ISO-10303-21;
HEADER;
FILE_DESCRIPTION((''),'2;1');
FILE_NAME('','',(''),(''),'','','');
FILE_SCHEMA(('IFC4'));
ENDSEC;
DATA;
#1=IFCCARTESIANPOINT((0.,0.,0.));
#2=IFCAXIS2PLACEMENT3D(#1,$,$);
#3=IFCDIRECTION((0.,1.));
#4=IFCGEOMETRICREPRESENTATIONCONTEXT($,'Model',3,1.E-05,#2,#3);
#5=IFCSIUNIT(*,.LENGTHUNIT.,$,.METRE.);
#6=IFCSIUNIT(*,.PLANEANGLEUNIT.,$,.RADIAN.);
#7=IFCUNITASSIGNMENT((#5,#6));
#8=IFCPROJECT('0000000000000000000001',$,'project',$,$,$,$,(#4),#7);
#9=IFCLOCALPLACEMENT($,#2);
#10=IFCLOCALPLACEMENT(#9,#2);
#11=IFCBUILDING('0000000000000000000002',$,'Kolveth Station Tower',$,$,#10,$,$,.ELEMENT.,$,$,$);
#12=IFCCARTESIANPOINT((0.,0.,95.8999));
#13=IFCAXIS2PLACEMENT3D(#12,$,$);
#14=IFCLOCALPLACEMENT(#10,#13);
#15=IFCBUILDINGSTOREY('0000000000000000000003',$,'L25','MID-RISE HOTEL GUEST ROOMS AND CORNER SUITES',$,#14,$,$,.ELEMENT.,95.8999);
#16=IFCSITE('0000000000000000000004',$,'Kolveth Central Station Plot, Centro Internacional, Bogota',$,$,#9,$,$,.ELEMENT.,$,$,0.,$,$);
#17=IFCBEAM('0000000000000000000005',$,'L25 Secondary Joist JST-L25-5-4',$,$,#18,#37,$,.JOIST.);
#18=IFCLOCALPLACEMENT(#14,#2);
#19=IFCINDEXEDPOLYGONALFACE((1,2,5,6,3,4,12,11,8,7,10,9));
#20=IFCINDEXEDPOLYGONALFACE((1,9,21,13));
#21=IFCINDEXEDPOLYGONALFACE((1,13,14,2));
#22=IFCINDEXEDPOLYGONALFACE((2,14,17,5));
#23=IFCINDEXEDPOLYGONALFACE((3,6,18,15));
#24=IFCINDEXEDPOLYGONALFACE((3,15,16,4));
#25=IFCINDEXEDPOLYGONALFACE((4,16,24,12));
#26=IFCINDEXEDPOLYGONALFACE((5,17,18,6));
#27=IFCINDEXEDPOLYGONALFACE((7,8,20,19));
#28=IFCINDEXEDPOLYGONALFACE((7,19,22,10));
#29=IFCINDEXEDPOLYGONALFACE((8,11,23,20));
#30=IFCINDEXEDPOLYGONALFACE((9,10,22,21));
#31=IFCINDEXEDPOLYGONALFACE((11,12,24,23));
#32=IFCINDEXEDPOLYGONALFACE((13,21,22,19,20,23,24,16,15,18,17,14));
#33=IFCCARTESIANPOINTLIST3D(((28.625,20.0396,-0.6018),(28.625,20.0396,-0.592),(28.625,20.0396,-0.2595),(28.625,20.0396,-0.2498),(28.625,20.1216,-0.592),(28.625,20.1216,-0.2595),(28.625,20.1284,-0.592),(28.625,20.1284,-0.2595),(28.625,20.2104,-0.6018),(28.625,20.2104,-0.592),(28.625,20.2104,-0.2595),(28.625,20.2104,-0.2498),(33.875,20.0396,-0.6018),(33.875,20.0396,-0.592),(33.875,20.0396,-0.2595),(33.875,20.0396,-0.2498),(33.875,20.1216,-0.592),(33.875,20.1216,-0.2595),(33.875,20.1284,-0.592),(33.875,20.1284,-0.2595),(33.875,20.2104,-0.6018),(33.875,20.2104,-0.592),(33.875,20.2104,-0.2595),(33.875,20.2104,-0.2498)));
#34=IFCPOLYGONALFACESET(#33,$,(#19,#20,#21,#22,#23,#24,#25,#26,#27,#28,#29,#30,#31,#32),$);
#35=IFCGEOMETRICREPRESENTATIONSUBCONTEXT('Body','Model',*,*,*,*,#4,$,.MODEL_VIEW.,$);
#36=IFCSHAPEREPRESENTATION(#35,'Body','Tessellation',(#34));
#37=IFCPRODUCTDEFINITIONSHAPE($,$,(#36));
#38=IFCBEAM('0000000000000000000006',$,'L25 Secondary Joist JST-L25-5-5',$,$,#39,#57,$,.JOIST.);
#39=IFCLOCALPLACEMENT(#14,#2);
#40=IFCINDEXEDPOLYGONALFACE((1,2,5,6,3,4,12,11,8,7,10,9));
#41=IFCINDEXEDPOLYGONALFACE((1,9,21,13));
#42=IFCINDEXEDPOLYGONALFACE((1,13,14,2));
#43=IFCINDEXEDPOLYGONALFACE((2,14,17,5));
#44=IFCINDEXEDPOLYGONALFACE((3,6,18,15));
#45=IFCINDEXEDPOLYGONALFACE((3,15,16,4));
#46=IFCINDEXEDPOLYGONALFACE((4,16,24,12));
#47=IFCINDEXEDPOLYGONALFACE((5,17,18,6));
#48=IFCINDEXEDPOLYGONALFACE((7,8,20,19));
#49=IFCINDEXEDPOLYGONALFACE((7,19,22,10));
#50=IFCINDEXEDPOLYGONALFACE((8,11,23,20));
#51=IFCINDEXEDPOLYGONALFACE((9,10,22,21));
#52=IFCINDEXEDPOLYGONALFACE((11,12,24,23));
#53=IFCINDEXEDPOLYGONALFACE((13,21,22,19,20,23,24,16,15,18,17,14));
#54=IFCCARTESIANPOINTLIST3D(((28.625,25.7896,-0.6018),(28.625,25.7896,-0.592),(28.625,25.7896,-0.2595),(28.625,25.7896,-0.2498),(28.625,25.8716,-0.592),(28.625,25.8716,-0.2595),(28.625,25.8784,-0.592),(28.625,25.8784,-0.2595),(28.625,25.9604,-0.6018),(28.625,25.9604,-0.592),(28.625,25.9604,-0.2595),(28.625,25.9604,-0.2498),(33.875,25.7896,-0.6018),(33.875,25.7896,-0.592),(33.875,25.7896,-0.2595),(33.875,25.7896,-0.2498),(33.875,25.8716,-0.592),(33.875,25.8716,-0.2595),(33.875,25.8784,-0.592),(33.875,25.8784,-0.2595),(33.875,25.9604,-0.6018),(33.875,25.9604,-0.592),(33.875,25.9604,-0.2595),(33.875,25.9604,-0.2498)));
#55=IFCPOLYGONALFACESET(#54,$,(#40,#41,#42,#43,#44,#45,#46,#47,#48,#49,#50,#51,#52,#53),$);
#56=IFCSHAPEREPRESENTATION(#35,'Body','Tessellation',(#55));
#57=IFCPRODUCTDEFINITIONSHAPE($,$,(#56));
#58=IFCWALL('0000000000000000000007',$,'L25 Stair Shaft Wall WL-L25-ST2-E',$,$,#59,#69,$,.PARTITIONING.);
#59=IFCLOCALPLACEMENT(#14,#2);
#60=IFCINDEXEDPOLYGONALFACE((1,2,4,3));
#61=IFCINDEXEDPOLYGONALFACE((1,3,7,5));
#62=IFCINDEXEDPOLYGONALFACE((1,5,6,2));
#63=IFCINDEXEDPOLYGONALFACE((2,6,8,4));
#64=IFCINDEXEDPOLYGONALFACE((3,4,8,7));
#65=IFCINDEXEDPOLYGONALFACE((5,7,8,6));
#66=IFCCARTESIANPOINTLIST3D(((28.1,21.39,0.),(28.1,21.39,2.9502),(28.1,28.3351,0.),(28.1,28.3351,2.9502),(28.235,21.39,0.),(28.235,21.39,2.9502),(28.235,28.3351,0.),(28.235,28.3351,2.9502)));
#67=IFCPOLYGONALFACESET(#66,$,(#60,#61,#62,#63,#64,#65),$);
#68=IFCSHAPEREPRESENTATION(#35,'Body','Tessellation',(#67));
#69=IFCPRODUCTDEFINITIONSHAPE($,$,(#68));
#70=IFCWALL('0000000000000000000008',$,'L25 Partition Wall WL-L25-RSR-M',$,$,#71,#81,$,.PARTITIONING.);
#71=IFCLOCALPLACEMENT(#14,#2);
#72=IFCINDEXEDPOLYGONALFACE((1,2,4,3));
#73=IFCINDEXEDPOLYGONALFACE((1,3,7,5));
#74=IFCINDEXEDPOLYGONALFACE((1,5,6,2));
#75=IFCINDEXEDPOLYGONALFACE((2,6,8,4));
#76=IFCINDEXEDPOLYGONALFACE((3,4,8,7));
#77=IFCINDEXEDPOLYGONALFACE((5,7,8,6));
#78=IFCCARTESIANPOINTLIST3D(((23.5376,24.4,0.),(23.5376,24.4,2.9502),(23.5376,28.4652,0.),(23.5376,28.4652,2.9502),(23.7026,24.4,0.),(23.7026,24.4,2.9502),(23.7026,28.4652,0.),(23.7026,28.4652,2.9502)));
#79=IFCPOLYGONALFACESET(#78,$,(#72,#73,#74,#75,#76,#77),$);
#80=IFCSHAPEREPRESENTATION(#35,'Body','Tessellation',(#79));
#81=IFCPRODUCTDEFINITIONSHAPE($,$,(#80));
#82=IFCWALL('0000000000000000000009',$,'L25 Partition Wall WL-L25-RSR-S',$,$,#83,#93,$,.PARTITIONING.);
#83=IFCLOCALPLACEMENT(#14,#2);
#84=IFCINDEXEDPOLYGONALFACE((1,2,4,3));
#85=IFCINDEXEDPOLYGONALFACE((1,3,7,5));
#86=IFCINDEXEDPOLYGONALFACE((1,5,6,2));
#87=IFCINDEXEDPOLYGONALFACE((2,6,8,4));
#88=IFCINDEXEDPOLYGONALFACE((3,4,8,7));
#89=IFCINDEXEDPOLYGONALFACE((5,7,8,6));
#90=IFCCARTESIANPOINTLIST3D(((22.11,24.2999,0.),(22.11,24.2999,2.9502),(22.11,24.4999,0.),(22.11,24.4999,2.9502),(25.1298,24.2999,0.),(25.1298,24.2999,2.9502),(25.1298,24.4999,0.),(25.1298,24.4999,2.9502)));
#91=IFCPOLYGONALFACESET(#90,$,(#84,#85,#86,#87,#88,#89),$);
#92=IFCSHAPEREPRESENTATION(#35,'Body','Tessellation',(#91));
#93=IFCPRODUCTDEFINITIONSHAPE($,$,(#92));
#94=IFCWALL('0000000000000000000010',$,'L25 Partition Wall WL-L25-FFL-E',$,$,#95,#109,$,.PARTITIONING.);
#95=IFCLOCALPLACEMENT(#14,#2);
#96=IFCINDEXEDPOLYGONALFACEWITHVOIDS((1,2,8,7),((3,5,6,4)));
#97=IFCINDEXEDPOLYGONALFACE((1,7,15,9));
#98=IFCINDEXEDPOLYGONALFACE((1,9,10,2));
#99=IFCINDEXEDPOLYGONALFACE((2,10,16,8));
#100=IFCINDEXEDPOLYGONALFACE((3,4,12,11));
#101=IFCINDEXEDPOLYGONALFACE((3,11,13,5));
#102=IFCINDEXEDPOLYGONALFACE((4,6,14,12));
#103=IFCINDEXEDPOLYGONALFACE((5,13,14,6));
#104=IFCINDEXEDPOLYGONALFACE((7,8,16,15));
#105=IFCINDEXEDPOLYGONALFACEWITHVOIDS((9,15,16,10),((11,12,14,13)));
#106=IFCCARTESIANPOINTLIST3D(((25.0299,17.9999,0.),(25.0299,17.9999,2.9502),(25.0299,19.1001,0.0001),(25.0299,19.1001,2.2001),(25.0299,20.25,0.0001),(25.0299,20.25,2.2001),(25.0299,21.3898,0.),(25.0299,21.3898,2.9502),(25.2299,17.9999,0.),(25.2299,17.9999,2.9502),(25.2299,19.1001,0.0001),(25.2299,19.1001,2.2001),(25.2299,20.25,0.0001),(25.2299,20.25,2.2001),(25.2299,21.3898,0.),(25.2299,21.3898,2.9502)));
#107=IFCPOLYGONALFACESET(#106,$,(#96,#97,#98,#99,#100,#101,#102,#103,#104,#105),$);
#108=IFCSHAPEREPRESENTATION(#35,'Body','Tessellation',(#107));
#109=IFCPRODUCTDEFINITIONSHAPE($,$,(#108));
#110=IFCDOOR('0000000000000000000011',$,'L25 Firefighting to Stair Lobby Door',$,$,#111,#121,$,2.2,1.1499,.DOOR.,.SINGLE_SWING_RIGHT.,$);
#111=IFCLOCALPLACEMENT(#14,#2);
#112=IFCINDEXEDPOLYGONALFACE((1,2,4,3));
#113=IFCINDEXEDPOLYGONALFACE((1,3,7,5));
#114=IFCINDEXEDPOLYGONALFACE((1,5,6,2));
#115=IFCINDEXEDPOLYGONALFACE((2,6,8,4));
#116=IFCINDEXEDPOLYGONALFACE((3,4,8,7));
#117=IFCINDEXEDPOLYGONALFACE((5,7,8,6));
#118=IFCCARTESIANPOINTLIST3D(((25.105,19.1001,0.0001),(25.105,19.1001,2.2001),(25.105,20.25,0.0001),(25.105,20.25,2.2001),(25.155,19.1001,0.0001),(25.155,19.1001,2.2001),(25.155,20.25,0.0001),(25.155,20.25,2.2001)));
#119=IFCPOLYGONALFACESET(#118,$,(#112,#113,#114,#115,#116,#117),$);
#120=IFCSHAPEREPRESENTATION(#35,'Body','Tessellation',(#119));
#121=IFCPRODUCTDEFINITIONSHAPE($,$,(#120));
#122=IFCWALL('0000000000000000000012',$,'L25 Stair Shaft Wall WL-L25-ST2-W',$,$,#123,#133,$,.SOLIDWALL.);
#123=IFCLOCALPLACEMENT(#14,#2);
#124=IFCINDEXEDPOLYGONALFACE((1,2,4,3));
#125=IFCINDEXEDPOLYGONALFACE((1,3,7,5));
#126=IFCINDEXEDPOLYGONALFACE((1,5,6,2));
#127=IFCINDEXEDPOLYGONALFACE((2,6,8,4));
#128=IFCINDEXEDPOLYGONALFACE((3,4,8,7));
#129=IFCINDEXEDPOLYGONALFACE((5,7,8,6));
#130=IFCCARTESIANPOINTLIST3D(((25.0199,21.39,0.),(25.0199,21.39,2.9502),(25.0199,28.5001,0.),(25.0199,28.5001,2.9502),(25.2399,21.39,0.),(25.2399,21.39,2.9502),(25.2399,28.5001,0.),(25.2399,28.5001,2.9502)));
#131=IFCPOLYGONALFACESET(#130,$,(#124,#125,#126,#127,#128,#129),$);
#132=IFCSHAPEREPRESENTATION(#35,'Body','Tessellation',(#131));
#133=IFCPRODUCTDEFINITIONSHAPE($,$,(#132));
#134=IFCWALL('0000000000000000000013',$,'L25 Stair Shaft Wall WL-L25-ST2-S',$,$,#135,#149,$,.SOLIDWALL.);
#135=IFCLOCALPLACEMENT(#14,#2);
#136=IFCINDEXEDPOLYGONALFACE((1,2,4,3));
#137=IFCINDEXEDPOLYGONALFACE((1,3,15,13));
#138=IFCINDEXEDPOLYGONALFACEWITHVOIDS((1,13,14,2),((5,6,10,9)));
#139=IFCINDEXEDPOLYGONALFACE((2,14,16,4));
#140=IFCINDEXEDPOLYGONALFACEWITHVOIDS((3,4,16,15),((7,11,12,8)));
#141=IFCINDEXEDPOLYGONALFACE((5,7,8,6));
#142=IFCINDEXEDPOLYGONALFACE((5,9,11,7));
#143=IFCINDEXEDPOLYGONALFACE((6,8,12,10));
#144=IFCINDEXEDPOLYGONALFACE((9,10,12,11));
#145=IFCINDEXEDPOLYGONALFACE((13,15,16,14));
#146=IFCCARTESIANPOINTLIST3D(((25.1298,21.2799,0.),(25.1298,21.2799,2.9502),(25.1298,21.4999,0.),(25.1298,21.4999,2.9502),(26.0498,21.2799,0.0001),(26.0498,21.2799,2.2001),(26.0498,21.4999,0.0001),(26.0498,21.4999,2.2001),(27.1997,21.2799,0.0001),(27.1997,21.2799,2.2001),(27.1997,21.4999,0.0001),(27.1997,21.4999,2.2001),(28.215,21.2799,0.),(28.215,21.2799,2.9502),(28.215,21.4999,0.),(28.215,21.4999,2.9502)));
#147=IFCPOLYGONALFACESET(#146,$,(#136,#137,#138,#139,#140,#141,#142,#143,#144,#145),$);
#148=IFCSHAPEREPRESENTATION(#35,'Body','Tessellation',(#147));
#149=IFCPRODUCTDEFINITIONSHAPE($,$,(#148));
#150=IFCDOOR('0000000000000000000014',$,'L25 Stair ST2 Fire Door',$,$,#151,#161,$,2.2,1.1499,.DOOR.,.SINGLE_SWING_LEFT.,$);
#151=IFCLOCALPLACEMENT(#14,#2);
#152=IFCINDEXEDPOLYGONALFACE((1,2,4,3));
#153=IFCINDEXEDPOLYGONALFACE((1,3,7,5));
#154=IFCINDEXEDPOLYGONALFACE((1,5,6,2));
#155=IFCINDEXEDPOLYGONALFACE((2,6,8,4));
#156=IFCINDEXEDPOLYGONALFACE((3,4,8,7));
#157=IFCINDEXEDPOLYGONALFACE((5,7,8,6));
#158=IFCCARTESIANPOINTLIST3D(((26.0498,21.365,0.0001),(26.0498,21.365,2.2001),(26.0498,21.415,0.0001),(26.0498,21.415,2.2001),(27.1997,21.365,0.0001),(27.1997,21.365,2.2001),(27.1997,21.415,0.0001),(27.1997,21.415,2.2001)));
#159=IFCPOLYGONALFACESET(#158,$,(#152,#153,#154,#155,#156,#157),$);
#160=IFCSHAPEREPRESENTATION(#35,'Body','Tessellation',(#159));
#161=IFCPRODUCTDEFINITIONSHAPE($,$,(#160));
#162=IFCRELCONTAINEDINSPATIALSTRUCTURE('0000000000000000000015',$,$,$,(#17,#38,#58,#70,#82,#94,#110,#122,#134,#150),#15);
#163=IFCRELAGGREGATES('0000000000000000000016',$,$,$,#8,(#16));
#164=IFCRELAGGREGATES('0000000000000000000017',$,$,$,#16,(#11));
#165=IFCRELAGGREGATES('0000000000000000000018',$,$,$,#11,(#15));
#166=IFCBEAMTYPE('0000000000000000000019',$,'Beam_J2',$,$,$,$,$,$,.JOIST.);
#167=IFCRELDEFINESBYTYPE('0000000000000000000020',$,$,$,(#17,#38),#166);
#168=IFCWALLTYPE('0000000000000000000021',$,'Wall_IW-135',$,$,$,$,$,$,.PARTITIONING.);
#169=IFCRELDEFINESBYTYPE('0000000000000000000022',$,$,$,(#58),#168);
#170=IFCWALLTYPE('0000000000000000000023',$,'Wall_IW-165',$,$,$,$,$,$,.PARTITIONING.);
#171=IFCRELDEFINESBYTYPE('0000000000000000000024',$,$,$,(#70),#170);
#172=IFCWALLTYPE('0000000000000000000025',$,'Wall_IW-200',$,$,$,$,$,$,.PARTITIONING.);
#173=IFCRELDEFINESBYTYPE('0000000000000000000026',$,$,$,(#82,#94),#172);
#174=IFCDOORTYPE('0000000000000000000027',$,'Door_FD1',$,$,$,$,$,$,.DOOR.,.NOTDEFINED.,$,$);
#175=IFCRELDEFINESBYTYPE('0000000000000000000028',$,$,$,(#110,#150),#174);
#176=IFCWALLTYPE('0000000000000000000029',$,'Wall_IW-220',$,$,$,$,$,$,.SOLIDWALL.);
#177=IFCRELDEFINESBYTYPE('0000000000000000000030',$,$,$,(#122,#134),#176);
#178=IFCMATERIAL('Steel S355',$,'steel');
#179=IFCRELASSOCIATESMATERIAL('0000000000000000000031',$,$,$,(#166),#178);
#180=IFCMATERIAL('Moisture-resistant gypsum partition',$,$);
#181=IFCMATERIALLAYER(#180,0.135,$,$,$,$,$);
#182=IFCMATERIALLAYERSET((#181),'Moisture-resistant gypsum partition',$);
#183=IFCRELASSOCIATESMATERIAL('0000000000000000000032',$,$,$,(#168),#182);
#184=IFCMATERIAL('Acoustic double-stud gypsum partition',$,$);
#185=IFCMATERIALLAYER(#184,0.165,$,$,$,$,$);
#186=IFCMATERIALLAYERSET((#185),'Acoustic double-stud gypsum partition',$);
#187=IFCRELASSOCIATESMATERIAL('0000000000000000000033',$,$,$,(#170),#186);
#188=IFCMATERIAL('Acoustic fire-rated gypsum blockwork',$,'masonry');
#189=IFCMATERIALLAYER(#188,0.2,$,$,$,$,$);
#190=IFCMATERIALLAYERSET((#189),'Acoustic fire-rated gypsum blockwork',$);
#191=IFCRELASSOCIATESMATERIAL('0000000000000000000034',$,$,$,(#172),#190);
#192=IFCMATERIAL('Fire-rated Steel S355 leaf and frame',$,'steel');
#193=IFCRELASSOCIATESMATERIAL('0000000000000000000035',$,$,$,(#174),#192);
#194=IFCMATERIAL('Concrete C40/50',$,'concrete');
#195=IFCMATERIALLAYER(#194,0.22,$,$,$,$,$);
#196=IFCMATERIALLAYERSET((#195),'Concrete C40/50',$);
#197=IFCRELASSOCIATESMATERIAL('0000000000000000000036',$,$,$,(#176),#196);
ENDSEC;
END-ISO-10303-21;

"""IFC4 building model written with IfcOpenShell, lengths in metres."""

from ifc_helpers import new_model, si_unit, direction, frame, frame_2d, origin, origin_2d, place, context, subcontext, project, spatial, rectangle, i_section, extrude, source, transform, mapped, material, layer, layer_set, material_profile, profile_set, type_object, element, fill, save


model = new_model("IFC4")

# Units and contexts
model_context = context("Model", 3, precision=1e-05, world=origin(), true_north=direction((0.0, 1.0)))
body_context = subcontext(model_context, "Body", "Model", "MODEL_VIEW")
ifc_project = project(units=[si_unit("LENGTHUNIT", "METRE"), si_unit("PLANEANGLEUNIT", "RADIAN")], contexts=[model_context])

# Site, building, storey
site_placement = place(None, origin())
site = spatial("IfcSite", under=ifc_project, at=site_placement, Name="Kolveth Central Station Plot, Centro Internacional, Bogota", CompositionType="ELEMENT", RefElevation=0.0)
building_placement = place(site_placement, origin())
building = spatial("IfcBuilding", under=site, at=building_placement, Name="Kolveth Station Tower", CompositionType="ELEMENT")
storey_placement = place(building_placement, frame((0.0, 0.0, 95.8999)))
storey = spatial("IfcBuildingStorey", under=building, at=storey_placement, Name="L25", Description="MID-RISE HOTEL GUEST ROOMS AND CORNER SUITES", CompositionType="ELEMENT", Elevation=95.8999)

# Shared definitions
ifc_material_1 = material(Name="Steel S355", Category="steel")

# Beams
ifc_material_profile_1 = material_profile(ifc_material_1, i_section(OverallWidth=0.1709, OverallDepth=0.3521, WebThickness=0.0068, FlangeThickness=0.0098, at=origin_2d()), Name="W360x44")
ifc_profile_set_1 = profile_set([ifc_material_profile_1], Name="Steel S355")
beam_type_1 = type_object("IfcBeamType", Name="Beam_J2", PredefinedType="JOIST", material=ifc_profile_set_1)
shared_shape_1 = source(origin(), body_context, "Body", "SweptSolid", [
    extrude(i_section(OverallWidth=0.1709, OverallDepth=0.3521, WebThickness=0.0068, FlangeThickness=0.0098, at=origin_2d()), origin(), (0.0, 0.0, 1.0), 5.25),
])
for number, where, z_axis, x_axis, name in (
    (1, (28.625, 20.125, -0.4258), (1.0, 0.0, 0.0), (0.0, 1.0, 0.0), "L25 Secondary Joist JST-L25-5-4"),
    (2, (28.625, 25.875, -0.4258), (1.0, 0.0, 0.0), (0.0, 1.0, 0.0), "L25 Secondary Joist JST-L25-5-5"),
):
    element("IfcBeam", number, at=place(storey_placement, frame(where, z_axis=z_axis, x_axis=x_axis)), inside=storey, type_object=beam_type_1, Name=name, PredefinedType="JOIST", context=body_context, shape_type="MappedRepresentation", body=[
        mapped(shared_shape_1, transform((0.0, 0.0, 0.0), x_axis=(1.0, 0.0, 0.0), y_axis=(0.0, 1.0, 0.0), z_axis=(0.0, 0.0, 1.0), scale=1.0)),
    ])

# Walls
ifc_material_2 = material(Name="Moisture-resistant gypsum partition")
ifc_layer_1 = layer(ifc_material_2, 0.135)
ifc_layer_set_1 = layer_set([ifc_layer_1], Name="Moisture-resistant gypsum partition")
wall_type_1 = type_object("IfcWallType", Name="Wall_IW-135", PredefinedType="PARTITIONING", material=ifc_layer_set_1)
wall_1_placement = place(storey_placement, frame((28.1675, 21.3899, 0.0), z_axis=(0.0, 0.0, 1.0), x_axis=(0.0, 1.0, 0.0)))
element("IfcWall", 3, at=wall_1_placement, inside=storey, type_object=wall_type_1, Name="L25 Stair Shaft Wall WL-L25-ST2-E", PredefinedType="PARTITIONING", context=body_context, shape_type="SweptSolid", body=[
    extrude(rectangle(XDim=6.9451, YDim=0.135, at=frame_2d((3.4727, 0.0))), origin(), (0.0, 0.0, 1.0), 2.9502),
])
ifc_material_3 = material(Name="Acoustic double-stud gypsum partition")
ifc_layer_2 = layer(ifc_material_3, 0.165)
ifc_layer_set_2 = layer_set([ifc_layer_2], Name="Acoustic double-stud gypsum partition")
wall_type_2 = type_object("IfcWallType", Name="Wall_IW-165", PredefinedType="PARTITIONING", material=ifc_layer_set_2)
wall_2_placement = place(storey_placement, frame((23.6201, 24.3999, 0.0), z_axis=(0.0, 0.0, 1.0), x_axis=(0.0, 1.0, 0.0)))
element("IfcWall", 4, at=wall_2_placement, inside=storey, type_object=wall_type_2, Name="L25 Partition Wall WL-L25-RSR-M", PredefinedType="PARTITIONING", context=body_context, shape_type="SweptSolid", body=[
    extrude(rectangle(XDim=4.0652, YDim=0.165, at=frame_2d((2.0327, 0.0))), origin(), (0.0, 0.0, 1.0), 2.9502),
])
ifc_material_4 = material(Name="Acoustic fire-rated gypsum blockwork", Category="masonry")
ifc_layer_3 = layer(ifc_material_4, 0.2)
ifc_layer_set_3 = layer_set([ifc_layer_3], Name="Acoustic fire-rated gypsum blockwork")
wall_type_3 = type_object("IfcWallType", Name="Wall_IW-200", PredefinedType="PARTITIONING", material=ifc_layer_set_3)
wall_3_placement = place(storey_placement, frame((22.1101, 24.3999, 0.0), z_axis=(0.0, 0.0, 1.0), x_axis=(1.0, 0.0, 0.0)))
element("IfcWall", 5, at=wall_3_placement, inside=storey, type_object=wall_type_3, Name="L25 Partition Wall WL-L25-RSR-S", PredefinedType="PARTITIONING", context=body_context, shape_type="SweptSolid", body=[
    extrude(rectangle(XDim=3.0198, YDim=0.2, at=frame_2d((1.5098, 0.0))), origin(), (0.0, 0.0, 1.0), 2.9502),
])

# Wall, opening, door
wall_4_placement = place(storey_placement, frame((25.1299, 18.0, 0.0), z_axis=(0.0, 0.0, 1.0), x_axis=(0.0, 1.0, 0.0)))
wall_4 = element("IfcWall", 6, at=wall_4_placement, inside=storey, type_object=wall_type_3, Name="L25 Partition Wall WL-L25-FFL-E", PredefinedType="PARTITIONING", context=body_context, shape_type="SweptSolid", body=[
    extrude(rectangle(XDim=3.3899, YDim=0.2, at=frame_2d((1.6948, 0.0))), origin(), (0.0, 0.0, 1.0), 2.9502),
])
opening_1_placement = place(wall_4_placement, frame((1.1001, 0.0, 0.0)))
opening_1 = element("IfcOpeningElement", 7, at=opening_1_placement, cuts=wall_4, PredefinedType="OPENING", context=body_context, shape_type="SweptSolid", body=[
    extrude(rectangle(XDim=1.1499, YDim=2.2, at=frame_2d((0.575, 1.1001))), frame((0.0, 0.1099, 0.0), z_axis=(0.0, -1.0, 0.0), x_axis=(1.0, 0.0, 0.0)), (0.0, 0.0, 1.0), 0.22),
])
ifc_material_5 = material(Name="Fire-rated Steel S355 leaf and frame", Category="steel")
door_type = type_object("IfcDoorType", Name="Door_FD1", OperationType="NOTDEFINED", PredefinedType="DOOR", material=ifc_material_5)
door_1_placement = place(opening_1_placement, origin())
door_1 = element("IfcDoor", 8, at=door_1_placement, inside=storey, type_object=door_type, Name="L25 Firefighting to Stair Lobby Door", OperationType="SINGLE_SWING_RIGHT", OverallHeight=2.2, OverallWidth=1.1499, PredefinedType="DOOR", context=body_context, shape_type="SweptSolid", body=[
    extrude(rectangle(XDim=1.1499, YDim=2.2, at=frame_2d((0.575, 1.1001))), frame((0.0, 0.0249, 0.0), z_axis=(0.0, -1.0, 0.0), x_axis=(1.0, 0.0, 0.0)), (0.0, 0.0, 1.0), 0.05),
])
fill(opening_1, door_1)

# Wall
ifc_material_6 = material(Name="Concrete C40/50", Category="concrete")
ifc_layer_4 = layer(ifc_material_6, 0.22)
ifc_layer_set_4 = layer_set([ifc_layer_4], Name="Concrete C40/50")
wall_type_4 = type_object("IfcWallType", Name="Wall_IW-220", PredefinedType="SOLIDWALL", material=ifc_layer_set_4)
wall_5_placement = place(storey_placement, frame((25.1299, 21.3899, 0.0), z_axis=(0.0, 0.0, 1.0), x_axis=(0.0, 1.0, 0.0)))
element("IfcWall", 9, at=wall_5_placement, inside=storey, type_object=wall_type_4, Name="L25 Stair Shaft Wall WL-L25-ST2-W", PredefinedType="SOLIDWALL", context=body_context, shape_type="SweptSolid", body=[
    extrude(rectangle(XDim=7.1101, YDim=0.22, at=frame_2d((3.5552, 0.0))), origin(), (0.0, 0.0, 1.0), 2.9502),
])

# Wall, opening, door
wall_6_placement = place(storey_placement, frame((25.1299, 21.3899, 0.0), z_axis=(0.0, 0.0, 1.0), x_axis=(1.0, 0.0, 0.0)))
wall_6 = element("IfcWall", 10, at=wall_6_placement, inside=storey, type_object=wall_type_4, Name="L25 Stair Shaft Wall WL-L25-ST2-S", PredefinedType="SOLIDWALL", context=body_context, shape_type="SweptSolid", body=[
    extrude(rectangle(XDim=3.0852, YDim=0.22, at=frame_2d((1.5425, 0.0))), origin(), (0.0, 0.0, 1.0), 2.9502),
])
opening_2_placement = place(wall_6_placement, frame((0.9199, 0.0, 0.0)))
opening_2 = element("IfcOpeningElement", 11, at=opening_2_placement, cuts=wall_6, PredefinedType="OPENING", context=body_context, shape_type="SweptSolid", body=[
    extrude(rectangle(XDim=1.1499, YDim=2.2, at=frame_2d((0.575, 1.1001))), frame((0.0, 0.1199, 0.0), z_axis=(0.0, -1.0, 0.0), x_axis=(1.0, 0.0, 0.0)), (0.0, 0.0, 1.0), 0.24),
])
door_2_placement = place(opening_2_placement, frame((1.1499, 0.0, 0.0), z_axis=(0.0, 0.0, 1.0), x_axis=(-1.0, 0.0, 0.0)))
door_2 = element("IfcDoor", 12, at=door_2_placement, inside=storey, type_object=door_type, Name="L25 Stair ST2 Fire Door", OperationType="SINGLE_SWING_LEFT", OverallHeight=2.2, OverallWidth=1.1499, PredefinedType="DOOR", context=body_context, shape_type="SweptSolid", body=[
    extrude(rectangle(XDim=1.1499, YDim=2.2, at=frame_2d((0.575, 1.1001))), frame((0.0, 0.0249, 0.0), z_axis=(0.0, -1.0, 0.0), x_axis=(1.0, 0.0, 0.0)), (0.0, 0.0, 1.0), 0.05),
])
fill(opening_2, door_2)

save(model, "model.ifc")
